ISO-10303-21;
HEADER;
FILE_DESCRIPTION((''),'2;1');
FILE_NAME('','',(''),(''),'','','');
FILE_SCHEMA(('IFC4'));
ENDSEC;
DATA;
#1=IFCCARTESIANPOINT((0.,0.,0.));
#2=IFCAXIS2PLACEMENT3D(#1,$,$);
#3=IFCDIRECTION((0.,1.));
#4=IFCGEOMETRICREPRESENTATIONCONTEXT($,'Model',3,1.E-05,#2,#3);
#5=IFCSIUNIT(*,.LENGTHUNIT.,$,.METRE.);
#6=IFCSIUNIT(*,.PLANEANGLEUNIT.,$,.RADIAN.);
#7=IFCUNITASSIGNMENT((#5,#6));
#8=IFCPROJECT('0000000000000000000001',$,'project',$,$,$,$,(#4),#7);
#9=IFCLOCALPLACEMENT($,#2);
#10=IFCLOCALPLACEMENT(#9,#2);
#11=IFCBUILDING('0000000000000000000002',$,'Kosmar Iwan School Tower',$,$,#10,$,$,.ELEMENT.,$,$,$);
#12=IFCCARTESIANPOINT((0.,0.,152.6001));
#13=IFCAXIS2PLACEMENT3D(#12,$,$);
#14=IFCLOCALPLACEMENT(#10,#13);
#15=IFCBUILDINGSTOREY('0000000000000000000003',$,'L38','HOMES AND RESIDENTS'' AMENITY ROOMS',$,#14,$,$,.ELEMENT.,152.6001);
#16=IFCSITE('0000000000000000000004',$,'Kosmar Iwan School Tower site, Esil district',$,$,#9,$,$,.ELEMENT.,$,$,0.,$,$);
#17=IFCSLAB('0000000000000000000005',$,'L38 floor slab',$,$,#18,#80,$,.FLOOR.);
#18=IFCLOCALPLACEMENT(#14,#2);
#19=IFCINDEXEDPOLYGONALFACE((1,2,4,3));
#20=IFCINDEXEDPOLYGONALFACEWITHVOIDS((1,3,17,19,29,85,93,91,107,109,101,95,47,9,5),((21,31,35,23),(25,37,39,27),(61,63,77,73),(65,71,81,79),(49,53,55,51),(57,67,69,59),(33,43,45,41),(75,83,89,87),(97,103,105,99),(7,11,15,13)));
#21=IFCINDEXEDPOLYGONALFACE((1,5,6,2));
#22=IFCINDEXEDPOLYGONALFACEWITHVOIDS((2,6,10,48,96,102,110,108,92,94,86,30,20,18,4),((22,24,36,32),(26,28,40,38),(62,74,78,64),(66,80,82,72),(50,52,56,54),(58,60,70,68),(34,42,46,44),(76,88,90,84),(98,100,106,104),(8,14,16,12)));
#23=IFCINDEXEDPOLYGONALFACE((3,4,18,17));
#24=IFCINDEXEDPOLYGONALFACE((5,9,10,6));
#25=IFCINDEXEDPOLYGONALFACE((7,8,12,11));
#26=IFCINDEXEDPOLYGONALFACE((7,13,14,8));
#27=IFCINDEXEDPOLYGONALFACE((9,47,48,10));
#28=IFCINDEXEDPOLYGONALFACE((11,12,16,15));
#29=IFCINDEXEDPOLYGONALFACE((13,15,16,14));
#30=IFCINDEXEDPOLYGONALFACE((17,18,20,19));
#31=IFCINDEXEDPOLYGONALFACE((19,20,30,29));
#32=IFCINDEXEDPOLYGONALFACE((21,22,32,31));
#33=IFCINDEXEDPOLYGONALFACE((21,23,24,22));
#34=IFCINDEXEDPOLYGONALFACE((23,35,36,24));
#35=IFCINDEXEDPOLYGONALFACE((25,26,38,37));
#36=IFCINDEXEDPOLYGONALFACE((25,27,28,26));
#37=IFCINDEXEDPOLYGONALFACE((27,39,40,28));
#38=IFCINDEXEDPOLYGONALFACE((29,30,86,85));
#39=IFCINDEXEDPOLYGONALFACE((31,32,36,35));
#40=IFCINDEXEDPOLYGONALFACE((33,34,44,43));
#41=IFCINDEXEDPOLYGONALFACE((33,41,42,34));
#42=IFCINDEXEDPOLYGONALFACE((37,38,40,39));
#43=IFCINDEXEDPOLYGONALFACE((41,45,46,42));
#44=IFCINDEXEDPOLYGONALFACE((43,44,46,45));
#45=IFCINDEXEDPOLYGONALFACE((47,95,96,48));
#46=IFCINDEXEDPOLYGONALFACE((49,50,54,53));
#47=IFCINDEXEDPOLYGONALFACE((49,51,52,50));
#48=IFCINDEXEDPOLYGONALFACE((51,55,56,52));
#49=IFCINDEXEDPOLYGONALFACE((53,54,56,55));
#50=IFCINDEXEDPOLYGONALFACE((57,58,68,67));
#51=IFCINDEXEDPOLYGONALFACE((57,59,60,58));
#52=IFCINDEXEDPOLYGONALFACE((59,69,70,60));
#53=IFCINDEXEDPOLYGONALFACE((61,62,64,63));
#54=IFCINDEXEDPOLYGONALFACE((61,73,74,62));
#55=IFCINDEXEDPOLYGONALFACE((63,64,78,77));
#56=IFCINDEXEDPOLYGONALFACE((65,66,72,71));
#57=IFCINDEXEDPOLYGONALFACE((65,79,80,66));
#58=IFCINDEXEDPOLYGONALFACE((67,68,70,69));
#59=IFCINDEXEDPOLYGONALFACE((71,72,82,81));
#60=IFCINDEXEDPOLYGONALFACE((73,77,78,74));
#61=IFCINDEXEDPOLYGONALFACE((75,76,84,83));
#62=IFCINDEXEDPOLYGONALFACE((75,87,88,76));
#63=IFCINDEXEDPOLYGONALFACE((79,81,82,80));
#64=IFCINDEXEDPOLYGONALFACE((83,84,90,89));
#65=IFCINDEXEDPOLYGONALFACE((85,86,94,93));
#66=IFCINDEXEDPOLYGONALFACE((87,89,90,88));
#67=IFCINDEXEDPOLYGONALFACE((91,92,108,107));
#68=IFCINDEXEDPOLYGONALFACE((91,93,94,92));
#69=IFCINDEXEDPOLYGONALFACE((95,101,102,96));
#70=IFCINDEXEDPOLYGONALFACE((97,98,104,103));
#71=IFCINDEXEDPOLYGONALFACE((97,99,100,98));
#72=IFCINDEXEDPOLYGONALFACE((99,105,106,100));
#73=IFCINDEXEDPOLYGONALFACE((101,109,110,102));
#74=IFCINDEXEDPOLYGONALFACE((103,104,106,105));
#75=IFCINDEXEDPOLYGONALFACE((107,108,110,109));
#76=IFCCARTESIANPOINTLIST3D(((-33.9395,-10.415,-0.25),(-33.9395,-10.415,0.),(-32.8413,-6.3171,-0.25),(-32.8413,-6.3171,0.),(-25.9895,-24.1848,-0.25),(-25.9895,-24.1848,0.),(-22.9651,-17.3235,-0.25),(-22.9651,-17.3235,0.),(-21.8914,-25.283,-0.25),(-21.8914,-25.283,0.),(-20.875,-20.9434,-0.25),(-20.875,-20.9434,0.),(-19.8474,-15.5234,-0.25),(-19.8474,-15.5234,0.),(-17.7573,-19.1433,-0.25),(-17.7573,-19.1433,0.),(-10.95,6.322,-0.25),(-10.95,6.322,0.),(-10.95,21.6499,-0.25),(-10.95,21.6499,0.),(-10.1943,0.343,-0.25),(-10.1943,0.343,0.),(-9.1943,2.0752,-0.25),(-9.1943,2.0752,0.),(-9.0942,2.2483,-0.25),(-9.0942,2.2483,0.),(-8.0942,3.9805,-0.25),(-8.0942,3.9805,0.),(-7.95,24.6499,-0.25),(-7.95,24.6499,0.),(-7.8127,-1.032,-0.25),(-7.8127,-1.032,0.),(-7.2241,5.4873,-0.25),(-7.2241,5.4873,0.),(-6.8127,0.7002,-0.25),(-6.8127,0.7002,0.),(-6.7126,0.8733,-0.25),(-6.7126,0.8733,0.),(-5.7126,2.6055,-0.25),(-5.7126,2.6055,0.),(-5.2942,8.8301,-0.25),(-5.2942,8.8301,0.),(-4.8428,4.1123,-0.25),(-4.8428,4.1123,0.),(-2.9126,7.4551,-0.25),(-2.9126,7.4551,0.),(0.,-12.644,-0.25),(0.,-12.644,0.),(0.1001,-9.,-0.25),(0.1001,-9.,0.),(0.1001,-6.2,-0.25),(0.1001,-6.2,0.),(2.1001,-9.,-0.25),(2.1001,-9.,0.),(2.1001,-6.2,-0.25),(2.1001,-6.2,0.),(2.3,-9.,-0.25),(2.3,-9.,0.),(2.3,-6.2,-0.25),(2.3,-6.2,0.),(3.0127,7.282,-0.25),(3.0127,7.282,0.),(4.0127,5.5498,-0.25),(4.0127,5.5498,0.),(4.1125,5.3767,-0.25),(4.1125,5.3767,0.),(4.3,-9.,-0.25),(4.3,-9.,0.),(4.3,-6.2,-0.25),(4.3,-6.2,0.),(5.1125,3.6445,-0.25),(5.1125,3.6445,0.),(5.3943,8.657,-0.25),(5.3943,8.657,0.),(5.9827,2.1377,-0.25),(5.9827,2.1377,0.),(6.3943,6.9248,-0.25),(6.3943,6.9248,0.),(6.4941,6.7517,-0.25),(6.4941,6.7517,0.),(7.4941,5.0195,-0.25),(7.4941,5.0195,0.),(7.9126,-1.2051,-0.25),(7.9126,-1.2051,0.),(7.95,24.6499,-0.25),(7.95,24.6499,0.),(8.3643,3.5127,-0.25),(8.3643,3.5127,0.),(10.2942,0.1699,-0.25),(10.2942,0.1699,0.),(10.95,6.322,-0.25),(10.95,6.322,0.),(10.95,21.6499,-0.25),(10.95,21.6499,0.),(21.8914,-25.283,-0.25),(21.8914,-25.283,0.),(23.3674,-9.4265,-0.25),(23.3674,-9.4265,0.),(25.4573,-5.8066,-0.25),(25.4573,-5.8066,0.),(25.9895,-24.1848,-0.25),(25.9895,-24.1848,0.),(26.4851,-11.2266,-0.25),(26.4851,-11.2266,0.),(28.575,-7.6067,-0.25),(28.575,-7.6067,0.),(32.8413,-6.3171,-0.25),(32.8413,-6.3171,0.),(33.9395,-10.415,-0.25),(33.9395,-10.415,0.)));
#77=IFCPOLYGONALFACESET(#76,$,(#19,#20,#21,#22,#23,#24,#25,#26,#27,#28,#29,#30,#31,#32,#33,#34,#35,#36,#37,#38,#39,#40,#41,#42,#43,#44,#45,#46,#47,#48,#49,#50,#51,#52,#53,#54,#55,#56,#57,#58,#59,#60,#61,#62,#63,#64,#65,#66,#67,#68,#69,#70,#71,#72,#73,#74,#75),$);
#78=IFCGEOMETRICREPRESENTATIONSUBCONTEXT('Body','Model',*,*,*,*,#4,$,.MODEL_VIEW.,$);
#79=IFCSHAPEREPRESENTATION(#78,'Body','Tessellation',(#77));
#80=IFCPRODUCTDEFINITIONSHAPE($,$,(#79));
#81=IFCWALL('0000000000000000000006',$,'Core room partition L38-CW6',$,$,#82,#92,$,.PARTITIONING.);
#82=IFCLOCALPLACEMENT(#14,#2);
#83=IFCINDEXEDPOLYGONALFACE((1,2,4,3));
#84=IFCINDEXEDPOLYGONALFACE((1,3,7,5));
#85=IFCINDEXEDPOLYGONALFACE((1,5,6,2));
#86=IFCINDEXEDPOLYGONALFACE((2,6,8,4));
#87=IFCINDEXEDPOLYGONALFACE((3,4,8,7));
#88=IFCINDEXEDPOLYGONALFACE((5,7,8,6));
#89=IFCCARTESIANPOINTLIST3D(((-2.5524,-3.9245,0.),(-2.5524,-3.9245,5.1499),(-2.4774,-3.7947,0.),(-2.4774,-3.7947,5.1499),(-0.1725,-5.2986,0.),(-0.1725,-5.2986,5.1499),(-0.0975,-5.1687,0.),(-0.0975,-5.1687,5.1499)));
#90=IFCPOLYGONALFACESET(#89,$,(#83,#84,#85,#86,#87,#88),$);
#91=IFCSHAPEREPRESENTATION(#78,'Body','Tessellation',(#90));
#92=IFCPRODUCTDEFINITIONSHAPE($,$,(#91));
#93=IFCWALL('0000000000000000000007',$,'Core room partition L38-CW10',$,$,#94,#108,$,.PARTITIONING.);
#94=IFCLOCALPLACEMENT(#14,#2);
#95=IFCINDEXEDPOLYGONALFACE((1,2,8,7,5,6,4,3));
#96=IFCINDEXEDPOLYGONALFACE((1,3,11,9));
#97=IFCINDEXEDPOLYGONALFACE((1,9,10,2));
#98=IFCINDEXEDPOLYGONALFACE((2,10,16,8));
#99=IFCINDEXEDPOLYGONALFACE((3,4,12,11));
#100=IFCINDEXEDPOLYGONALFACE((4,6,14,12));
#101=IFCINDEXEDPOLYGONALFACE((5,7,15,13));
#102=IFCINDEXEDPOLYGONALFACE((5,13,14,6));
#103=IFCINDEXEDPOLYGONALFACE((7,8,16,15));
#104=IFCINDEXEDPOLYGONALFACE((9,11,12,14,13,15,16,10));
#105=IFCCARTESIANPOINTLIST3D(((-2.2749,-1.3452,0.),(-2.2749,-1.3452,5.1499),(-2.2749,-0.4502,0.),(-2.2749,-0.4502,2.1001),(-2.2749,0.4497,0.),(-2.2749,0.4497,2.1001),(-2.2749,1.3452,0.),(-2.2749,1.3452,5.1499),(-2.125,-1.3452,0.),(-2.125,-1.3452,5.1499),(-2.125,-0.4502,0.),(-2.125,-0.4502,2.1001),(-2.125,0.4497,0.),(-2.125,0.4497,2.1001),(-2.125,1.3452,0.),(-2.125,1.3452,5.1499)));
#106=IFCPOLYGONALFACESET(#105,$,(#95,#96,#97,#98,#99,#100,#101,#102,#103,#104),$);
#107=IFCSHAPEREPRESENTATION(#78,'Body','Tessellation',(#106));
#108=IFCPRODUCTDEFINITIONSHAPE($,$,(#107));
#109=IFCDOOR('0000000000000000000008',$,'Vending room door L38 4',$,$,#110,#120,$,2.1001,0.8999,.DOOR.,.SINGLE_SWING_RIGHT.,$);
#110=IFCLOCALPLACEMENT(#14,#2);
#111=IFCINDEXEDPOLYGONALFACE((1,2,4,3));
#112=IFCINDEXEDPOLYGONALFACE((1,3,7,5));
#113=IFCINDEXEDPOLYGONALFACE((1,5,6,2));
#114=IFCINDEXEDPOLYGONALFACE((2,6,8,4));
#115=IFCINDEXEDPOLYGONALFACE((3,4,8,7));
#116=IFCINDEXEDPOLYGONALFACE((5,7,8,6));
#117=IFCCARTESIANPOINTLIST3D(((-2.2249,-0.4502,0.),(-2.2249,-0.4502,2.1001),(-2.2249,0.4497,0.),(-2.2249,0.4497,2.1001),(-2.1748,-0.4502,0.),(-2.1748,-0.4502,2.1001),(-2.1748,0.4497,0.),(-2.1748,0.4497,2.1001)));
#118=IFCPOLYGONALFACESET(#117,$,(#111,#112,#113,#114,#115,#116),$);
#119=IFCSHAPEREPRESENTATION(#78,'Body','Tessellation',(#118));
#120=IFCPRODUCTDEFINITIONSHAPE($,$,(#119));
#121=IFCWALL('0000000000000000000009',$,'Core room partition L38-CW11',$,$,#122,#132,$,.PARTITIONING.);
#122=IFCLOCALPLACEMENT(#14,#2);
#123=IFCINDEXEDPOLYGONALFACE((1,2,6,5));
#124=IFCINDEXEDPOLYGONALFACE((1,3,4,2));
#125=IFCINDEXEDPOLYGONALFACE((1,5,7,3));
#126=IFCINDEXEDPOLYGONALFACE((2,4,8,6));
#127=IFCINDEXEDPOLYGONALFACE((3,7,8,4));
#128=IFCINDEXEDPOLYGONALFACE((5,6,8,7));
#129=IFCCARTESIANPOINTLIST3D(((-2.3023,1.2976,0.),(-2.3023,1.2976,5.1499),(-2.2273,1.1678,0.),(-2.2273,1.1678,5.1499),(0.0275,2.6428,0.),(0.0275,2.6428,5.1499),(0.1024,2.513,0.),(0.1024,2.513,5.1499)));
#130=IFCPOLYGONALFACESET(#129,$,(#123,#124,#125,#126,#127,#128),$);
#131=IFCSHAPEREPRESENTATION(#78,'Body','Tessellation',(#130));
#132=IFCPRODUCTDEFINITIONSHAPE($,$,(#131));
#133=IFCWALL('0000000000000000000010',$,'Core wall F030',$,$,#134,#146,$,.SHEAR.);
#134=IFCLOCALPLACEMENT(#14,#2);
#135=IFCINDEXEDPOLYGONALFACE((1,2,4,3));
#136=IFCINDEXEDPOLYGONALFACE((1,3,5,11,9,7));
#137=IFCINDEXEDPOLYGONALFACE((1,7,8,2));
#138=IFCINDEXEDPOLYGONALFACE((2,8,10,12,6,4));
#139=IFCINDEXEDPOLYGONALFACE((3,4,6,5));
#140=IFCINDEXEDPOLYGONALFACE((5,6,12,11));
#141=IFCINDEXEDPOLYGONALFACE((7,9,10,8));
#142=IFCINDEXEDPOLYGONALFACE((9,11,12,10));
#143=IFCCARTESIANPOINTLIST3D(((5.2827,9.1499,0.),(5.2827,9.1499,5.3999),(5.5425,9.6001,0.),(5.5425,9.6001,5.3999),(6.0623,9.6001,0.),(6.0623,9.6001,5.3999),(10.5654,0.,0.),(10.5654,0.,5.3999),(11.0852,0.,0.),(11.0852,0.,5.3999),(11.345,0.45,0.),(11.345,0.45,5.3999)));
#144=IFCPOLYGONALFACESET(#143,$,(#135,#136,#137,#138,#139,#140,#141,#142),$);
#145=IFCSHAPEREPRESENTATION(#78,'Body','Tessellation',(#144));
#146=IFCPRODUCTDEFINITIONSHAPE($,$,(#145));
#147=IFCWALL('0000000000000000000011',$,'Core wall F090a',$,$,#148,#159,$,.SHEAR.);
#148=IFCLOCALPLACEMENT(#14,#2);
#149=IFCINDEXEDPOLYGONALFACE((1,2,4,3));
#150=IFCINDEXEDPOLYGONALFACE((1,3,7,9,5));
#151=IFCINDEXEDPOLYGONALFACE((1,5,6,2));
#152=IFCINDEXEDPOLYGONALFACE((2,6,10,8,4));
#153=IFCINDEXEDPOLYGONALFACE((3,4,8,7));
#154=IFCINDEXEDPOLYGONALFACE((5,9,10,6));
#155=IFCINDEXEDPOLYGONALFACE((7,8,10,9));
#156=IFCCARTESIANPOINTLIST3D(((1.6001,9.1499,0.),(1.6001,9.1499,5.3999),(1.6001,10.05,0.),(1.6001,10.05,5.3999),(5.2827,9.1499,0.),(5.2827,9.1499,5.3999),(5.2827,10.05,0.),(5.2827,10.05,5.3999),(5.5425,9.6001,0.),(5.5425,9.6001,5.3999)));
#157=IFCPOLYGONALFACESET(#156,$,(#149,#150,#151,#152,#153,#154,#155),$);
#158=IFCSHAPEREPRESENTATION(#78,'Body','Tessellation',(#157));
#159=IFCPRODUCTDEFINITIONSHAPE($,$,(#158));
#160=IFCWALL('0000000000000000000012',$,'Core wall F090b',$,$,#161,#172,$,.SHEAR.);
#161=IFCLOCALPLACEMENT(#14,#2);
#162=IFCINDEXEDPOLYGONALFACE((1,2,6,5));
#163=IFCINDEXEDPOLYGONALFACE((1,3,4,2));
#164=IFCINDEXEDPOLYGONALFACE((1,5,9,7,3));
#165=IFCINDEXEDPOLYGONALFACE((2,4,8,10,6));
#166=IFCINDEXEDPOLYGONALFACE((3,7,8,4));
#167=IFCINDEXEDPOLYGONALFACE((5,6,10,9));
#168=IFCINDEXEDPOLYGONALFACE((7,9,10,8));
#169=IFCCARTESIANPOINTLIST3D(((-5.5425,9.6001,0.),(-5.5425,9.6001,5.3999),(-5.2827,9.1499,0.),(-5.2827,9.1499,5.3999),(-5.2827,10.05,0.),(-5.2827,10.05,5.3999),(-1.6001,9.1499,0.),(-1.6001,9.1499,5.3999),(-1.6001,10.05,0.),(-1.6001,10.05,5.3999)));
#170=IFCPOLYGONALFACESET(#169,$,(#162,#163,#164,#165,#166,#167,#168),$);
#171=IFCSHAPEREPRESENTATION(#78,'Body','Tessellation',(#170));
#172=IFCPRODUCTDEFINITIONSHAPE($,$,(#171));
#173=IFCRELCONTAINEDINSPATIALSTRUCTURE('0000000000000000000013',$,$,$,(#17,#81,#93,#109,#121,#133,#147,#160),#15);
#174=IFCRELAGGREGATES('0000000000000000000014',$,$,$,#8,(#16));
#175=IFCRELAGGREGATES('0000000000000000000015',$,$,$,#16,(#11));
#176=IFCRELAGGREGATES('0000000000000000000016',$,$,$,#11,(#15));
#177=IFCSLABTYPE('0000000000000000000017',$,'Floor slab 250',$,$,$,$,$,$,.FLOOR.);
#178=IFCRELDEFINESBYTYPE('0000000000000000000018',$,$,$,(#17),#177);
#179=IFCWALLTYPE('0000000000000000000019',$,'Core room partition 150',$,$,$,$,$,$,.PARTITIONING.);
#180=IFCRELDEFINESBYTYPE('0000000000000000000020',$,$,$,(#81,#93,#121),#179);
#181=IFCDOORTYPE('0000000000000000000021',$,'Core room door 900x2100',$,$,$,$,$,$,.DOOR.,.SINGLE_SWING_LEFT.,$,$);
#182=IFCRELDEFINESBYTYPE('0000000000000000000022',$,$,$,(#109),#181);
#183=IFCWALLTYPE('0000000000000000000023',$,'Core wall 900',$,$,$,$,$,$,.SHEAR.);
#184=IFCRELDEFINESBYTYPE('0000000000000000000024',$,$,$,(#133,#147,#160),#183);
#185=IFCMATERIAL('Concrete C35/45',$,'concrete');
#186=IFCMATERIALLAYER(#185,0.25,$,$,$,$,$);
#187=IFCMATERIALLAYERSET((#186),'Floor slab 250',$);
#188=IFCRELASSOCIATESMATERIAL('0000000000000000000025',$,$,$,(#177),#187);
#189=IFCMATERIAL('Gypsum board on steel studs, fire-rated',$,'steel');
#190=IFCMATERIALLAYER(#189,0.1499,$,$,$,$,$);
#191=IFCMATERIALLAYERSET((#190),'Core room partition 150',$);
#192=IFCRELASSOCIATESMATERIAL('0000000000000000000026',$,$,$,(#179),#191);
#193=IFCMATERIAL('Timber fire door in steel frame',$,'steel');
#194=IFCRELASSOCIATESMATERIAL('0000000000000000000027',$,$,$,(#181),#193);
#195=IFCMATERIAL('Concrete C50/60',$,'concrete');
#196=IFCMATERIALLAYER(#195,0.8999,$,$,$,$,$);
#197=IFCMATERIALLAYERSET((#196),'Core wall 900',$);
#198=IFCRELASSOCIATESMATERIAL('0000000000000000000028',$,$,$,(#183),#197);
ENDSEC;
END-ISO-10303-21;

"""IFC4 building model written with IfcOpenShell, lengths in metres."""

from ifc_helpers import new_model, si_unit, direction, frame, frame_2d, origin, place, context, subcontext, project, spatial, polyline, rectangle, outline, extrude, material, layer, layer_set, type_object, element, fill, save


model = new_model("IFC4")

# Units and contexts
model_context = context("Model", 3, precision=1e-05, world=origin(), true_north=direction((0.0, 1.0)))
body_context = subcontext(model_context, "Body", "Model", "MODEL_VIEW")
ifc_project = project(units=[si_unit("LENGTHUNIT", "METRE"), si_unit("PLANEANGLEUNIT", "RADIAN")], contexts=[model_context])

# Site, building, storey
site_placement = place(None, origin())
site = spatial("IfcSite", under=ifc_project, at=site_placement, Name="Kosmar Iwan School Tower site, Esil district", CompositionType="ELEMENT", RefElevation=0.0)
building_placement = place(site_placement, origin())
building = spatial("IfcBuilding", under=site, at=building_placement, Name="Kosmar Iwan School Tower", CompositionType="ELEMENT")
storey_placement = place(building_placement, frame((0.0, 0.0, 152.6001)))
storey = spatial("IfcBuildingStorey", under=building, at=storey_placement, Name="L38", Description="HOMES AND RESIDENTS' AMENITY ROOMS", CompositionType="ELEMENT", Elevation=152.6001)

# Slab
ifc_material_1 = material(Name="Concrete C35/45", Category="concrete")
ifc_layer_1 = layer(ifc_material_1, 0.25)
ifc_layer_set_1 = layer_set([ifc_layer_1], Name="Floor slab 250")
slab_type = type_object("IfcSlabType", Name="Floor slab 250", PredefinedType="FLOOR", material=ifc_layer_set_1)
slab_placement = place(storey_placement, frame((0.0, 0.0, -0.25)))
element("IfcSlab", 1, at=slab_placement, inside=storey, type_object=slab_type, Name="L38 floor slab", PredefinedType="FLOOR", context=body_context, shape_type="SweptSolid", body=[
    extrude(outline(polyline([(-21.8914, -25.283), (0.0, -12.644), (21.8914, -25.283), (25.9895, -24.1848), (33.9395, -10.415), (32.8413, -6.3171), (10.95, 6.322), (10.95, 21.6499), (7.95, 24.6499), (-7.95, 24.6499), (-10.95, 21.6499), (-10.95, 6.322), (-32.8413, -6.3171), (-33.9395, -10.415), (-25.9895, -24.1848), (-21.8914, -25.283)]), holes=[polyline([(7.9126, -1.2051), (10.2942, 0.1699), (8.3643, 3.5127), (5.9827, 2.1377), (7.9126, -1.2051)]), polyline([(-2.9126, 7.4551), (-5.2942, 8.8301), (-7.2241, 5.4873), (-4.8428, 4.1123), (-2.9126, 7.4551)]), polyline([(-5.7126, 2.6055), (-8.0942, 3.9805), (-9.0942, 2.2483), (-6.7126, 0.8733), (-5.7126, 2.6055)]), polyline([(-6.8127, 0.7002), (-9.1943, 2.0752), (-10.1943, 0.343), (-7.8127, -1.032), (-6.8127, 0.7002)]), polyline([(5.1125, 3.6445), (7.4941, 5.0195), (6.4941, 6.7517), (4.1125, 5.3767), (5.1125, 3.6445)]), polyline([(4.0127, 5.5498), (6.3943, 6.9248), (5.3943, 8.657), (3.0127, 7.282), (4.0127, 5.5498)]), polyline([(0.1001, -6.2), (0.1001, -9.0), (2.1001, -9.0), (2.1001, -6.2), (0.1001, -6.2)]), polyline([(2.3, -6.2), (2.3, -9.0), (4.3, -9.0), (4.3, -6.2), (2.3, -6.2)]), polyline([(-19.8474, -15.5234), (-22.9651, -17.3235), (-20.875, -20.9434), (-17.7573, -19.1433), (-19.8474, -15.5234)]), polyline([(23.3674, -9.4265), (26.4851, -11.2266), (28.575, -7.6067), (25.4573, -5.8066), (23.3674, -9.4265)])]), origin(), (0.0, 0.0, 1.0), 0.25),
])

# Wall
ifc_material_2 = material(Name="Gypsum board on steel studs, fire-rated", Category="steel")
ifc_layer_2 = layer(ifc_material_2, 0.1499)
ifc_layer_set_2 = layer_set([ifc_layer_2], Name="Core room partition 150")
wall_type_1 = type_object("IfcWallType", Name="Core room partition 150", PredefinedType="PARTITIONING", material=ifc_layer_set_2)
wall_1_placement = place(storey_placement, frame((-2.5149, -3.8596, 0.0), z_axis=(0.0, 0.0, 1.0), x_axis=(0.866026, -0.499999, 0.0)))
element("IfcWall", 2, at=wall_1_placement, inside=storey, type_object=wall_type_1, Name="Core room partition L38-CW6", PredefinedType="PARTITIONING", context=body_context, shape_type="SweptSolid", body=[
    extrude(rectangle(XDim=2.748, YDim=0.1499, at=frame_2d((1.374, 0.0))), origin(), (0.0, 0.0, 1.0), 5.1499),
])

# Wall, opening, door
wall_2_placement = place(storey_placement, frame((-2.2, -1.3452, 0.0), z_axis=(0.0, 0.0, 1.0), x_axis=(0.0, 1.0, 0.0)))
wall_2 = element("IfcWall", 3, at=wall_2_placement, inside=storey, type_object=wall_type_1, Name="Core room partition L38-CW10", PredefinedType="PARTITIONING", context=body_context, shape_type="SweptSolid", body=[
    extrude(rectangle(XDim=2.6904, YDim=0.1499, at=frame_2d((1.3452, 0.0))), origin(), (0.0, 0.0, 1.0), 5.1499),
])
opening_1_placement = place(wall_2_placement, frame((0.895, 0.0, 0.0)))
opening_1 = element("IfcOpeningElement", 4, at=opening_1_placement, cuts=wall_2, PredefinedType="OPENING", context=body_context, shape_type="SweptSolid", body=[
    extrude(rectangle(XDim=0.8999, YDim=2.1001, at=frame_2d((0.45, 1.05))), frame((0.0, 0.0869, 0.0), z_axis=(0.0, -1.0, 0.0), x_axis=(1.0, 0.0, 0.0)), (0.0, 0.0, 1.0), 0.1738),
])
ifc_material_3 = material(Name="Timber fire door in steel frame", Category="steel")
door_type_1 = type_object("IfcDoorType", Name="Core room door 900x2100", OperationType="SINGLE_SWING_LEFT", PredefinedType="DOOR", material=ifc_material_3)
door_1_placement = place(opening_1_placement, origin())
door_1 = element("IfcDoor", 5, at=door_1_placement, inside=storey, type_object=door_type_1, Name="Vending room door L38 4", OperationType="SINGLE_SWING_RIGHT", OverallHeight=2.1001, OverallWidth=0.8999, PredefinedType="DOOR", context=body_context, shape_type="SweptSolid", body=[
    extrude(rectangle(XDim=0.8999, YDim=2.1001, at=frame_2d((0.45, 1.05))), frame((0.0, 0.0249, 0.0), z_axis=(0.0, -1.0, 0.0), x_axis=(1.0, 0.0, 0.0)), (0.0, 0.0, 1.0), 0.05),
])
fill(opening_1, door_1)

# Walls
wall_3_placement = place(storey_placement, frame((-2.2649, 1.2327, 0.0), z_axis=(0.0, 0.0, 1.0), x_axis=(0.866012, 0.500024, 0.0)))
element("IfcWall", 6, at=wall_3_placement, inside=storey, type_object=wall_type_1, Name="Core room partition L38-CW11", PredefinedType="PARTITIONING", context=body_context, shape_type="SweptSolid", body=[
    extrude(rectangle(XDim=2.6902, YDim=0.1499, at=frame_2d((1.3452, 0.0))), origin(), (0.0, 0.0, 1.0), 5.1499),
])
ifc_material_4 = material(Name="Concrete C50/60", Category="concrete")
ifc_layer_3 = layer(ifc_material_4, 0.8999)
ifc_layer_set_3 = layer_set([ifc_layer_3], Name="Core wall 900")
wall_type_2 = type_object("IfcWallType", Name="Core wall 900", PredefinedType="SHEAR", material=ifc_layer_set_3)
wall_4_placement = place(storey_placement, origin())
element("IfcWall", 7, at=wall_4_placement, inside=storey, type_object=wall_type_2, Name="Core wall F030", PredefinedType="SHEAR", context=body_context, shape_type="SweptSolid", body=[
    extrude(outline(polyline([(10.5654, 0.0), (11.0852, 0.0), (11.345, 0.45), (6.0623, 9.6001), (5.5425, 9.6001), (5.2827, 9.1499), (10.5654, 0.0)])), origin(), (0.0, 0.0, 1.0), 5.3999),
])
wall_5_placement = place(storey_placement, origin())
element("IfcWall", 8, at=wall_5_placement, inside=storey, type_object=wall_type_2, Name="Core wall F090a", PredefinedType="SHEAR", context=body_context, shape_type="SweptSolid", body=[
    extrude(outline(polyline([(1.6001, 9.1499), (5.2827, 9.1499), (5.5425, 9.6001), (5.2827, 10.05), (1.6001, 10.05), (1.6001, 9.1499)])), origin(), (0.0, 0.0, 1.0), 5.3999),
])
wall_6_placement = place(storey_placement, origin())
element("IfcWall", 9, at=wall_6_placement, inside=storey, type_object=wall_type_2, Name="Core wall F090b", PredefinedType="SHEAR", context=body_context, shape_type="SweptSolid", body=[
    extrude(outline(polyline([(-5.2827, 9.1499), (-1.6001, 9.1499), (-1.6001, 10.05), (-5.2827, 10.05), (-5.5425, 9.6001), (-5.2827, 9.1499)])), origin(), (0.0, 0.0, 1.0), 5.3999),
])

save(model, "model.ifc")
